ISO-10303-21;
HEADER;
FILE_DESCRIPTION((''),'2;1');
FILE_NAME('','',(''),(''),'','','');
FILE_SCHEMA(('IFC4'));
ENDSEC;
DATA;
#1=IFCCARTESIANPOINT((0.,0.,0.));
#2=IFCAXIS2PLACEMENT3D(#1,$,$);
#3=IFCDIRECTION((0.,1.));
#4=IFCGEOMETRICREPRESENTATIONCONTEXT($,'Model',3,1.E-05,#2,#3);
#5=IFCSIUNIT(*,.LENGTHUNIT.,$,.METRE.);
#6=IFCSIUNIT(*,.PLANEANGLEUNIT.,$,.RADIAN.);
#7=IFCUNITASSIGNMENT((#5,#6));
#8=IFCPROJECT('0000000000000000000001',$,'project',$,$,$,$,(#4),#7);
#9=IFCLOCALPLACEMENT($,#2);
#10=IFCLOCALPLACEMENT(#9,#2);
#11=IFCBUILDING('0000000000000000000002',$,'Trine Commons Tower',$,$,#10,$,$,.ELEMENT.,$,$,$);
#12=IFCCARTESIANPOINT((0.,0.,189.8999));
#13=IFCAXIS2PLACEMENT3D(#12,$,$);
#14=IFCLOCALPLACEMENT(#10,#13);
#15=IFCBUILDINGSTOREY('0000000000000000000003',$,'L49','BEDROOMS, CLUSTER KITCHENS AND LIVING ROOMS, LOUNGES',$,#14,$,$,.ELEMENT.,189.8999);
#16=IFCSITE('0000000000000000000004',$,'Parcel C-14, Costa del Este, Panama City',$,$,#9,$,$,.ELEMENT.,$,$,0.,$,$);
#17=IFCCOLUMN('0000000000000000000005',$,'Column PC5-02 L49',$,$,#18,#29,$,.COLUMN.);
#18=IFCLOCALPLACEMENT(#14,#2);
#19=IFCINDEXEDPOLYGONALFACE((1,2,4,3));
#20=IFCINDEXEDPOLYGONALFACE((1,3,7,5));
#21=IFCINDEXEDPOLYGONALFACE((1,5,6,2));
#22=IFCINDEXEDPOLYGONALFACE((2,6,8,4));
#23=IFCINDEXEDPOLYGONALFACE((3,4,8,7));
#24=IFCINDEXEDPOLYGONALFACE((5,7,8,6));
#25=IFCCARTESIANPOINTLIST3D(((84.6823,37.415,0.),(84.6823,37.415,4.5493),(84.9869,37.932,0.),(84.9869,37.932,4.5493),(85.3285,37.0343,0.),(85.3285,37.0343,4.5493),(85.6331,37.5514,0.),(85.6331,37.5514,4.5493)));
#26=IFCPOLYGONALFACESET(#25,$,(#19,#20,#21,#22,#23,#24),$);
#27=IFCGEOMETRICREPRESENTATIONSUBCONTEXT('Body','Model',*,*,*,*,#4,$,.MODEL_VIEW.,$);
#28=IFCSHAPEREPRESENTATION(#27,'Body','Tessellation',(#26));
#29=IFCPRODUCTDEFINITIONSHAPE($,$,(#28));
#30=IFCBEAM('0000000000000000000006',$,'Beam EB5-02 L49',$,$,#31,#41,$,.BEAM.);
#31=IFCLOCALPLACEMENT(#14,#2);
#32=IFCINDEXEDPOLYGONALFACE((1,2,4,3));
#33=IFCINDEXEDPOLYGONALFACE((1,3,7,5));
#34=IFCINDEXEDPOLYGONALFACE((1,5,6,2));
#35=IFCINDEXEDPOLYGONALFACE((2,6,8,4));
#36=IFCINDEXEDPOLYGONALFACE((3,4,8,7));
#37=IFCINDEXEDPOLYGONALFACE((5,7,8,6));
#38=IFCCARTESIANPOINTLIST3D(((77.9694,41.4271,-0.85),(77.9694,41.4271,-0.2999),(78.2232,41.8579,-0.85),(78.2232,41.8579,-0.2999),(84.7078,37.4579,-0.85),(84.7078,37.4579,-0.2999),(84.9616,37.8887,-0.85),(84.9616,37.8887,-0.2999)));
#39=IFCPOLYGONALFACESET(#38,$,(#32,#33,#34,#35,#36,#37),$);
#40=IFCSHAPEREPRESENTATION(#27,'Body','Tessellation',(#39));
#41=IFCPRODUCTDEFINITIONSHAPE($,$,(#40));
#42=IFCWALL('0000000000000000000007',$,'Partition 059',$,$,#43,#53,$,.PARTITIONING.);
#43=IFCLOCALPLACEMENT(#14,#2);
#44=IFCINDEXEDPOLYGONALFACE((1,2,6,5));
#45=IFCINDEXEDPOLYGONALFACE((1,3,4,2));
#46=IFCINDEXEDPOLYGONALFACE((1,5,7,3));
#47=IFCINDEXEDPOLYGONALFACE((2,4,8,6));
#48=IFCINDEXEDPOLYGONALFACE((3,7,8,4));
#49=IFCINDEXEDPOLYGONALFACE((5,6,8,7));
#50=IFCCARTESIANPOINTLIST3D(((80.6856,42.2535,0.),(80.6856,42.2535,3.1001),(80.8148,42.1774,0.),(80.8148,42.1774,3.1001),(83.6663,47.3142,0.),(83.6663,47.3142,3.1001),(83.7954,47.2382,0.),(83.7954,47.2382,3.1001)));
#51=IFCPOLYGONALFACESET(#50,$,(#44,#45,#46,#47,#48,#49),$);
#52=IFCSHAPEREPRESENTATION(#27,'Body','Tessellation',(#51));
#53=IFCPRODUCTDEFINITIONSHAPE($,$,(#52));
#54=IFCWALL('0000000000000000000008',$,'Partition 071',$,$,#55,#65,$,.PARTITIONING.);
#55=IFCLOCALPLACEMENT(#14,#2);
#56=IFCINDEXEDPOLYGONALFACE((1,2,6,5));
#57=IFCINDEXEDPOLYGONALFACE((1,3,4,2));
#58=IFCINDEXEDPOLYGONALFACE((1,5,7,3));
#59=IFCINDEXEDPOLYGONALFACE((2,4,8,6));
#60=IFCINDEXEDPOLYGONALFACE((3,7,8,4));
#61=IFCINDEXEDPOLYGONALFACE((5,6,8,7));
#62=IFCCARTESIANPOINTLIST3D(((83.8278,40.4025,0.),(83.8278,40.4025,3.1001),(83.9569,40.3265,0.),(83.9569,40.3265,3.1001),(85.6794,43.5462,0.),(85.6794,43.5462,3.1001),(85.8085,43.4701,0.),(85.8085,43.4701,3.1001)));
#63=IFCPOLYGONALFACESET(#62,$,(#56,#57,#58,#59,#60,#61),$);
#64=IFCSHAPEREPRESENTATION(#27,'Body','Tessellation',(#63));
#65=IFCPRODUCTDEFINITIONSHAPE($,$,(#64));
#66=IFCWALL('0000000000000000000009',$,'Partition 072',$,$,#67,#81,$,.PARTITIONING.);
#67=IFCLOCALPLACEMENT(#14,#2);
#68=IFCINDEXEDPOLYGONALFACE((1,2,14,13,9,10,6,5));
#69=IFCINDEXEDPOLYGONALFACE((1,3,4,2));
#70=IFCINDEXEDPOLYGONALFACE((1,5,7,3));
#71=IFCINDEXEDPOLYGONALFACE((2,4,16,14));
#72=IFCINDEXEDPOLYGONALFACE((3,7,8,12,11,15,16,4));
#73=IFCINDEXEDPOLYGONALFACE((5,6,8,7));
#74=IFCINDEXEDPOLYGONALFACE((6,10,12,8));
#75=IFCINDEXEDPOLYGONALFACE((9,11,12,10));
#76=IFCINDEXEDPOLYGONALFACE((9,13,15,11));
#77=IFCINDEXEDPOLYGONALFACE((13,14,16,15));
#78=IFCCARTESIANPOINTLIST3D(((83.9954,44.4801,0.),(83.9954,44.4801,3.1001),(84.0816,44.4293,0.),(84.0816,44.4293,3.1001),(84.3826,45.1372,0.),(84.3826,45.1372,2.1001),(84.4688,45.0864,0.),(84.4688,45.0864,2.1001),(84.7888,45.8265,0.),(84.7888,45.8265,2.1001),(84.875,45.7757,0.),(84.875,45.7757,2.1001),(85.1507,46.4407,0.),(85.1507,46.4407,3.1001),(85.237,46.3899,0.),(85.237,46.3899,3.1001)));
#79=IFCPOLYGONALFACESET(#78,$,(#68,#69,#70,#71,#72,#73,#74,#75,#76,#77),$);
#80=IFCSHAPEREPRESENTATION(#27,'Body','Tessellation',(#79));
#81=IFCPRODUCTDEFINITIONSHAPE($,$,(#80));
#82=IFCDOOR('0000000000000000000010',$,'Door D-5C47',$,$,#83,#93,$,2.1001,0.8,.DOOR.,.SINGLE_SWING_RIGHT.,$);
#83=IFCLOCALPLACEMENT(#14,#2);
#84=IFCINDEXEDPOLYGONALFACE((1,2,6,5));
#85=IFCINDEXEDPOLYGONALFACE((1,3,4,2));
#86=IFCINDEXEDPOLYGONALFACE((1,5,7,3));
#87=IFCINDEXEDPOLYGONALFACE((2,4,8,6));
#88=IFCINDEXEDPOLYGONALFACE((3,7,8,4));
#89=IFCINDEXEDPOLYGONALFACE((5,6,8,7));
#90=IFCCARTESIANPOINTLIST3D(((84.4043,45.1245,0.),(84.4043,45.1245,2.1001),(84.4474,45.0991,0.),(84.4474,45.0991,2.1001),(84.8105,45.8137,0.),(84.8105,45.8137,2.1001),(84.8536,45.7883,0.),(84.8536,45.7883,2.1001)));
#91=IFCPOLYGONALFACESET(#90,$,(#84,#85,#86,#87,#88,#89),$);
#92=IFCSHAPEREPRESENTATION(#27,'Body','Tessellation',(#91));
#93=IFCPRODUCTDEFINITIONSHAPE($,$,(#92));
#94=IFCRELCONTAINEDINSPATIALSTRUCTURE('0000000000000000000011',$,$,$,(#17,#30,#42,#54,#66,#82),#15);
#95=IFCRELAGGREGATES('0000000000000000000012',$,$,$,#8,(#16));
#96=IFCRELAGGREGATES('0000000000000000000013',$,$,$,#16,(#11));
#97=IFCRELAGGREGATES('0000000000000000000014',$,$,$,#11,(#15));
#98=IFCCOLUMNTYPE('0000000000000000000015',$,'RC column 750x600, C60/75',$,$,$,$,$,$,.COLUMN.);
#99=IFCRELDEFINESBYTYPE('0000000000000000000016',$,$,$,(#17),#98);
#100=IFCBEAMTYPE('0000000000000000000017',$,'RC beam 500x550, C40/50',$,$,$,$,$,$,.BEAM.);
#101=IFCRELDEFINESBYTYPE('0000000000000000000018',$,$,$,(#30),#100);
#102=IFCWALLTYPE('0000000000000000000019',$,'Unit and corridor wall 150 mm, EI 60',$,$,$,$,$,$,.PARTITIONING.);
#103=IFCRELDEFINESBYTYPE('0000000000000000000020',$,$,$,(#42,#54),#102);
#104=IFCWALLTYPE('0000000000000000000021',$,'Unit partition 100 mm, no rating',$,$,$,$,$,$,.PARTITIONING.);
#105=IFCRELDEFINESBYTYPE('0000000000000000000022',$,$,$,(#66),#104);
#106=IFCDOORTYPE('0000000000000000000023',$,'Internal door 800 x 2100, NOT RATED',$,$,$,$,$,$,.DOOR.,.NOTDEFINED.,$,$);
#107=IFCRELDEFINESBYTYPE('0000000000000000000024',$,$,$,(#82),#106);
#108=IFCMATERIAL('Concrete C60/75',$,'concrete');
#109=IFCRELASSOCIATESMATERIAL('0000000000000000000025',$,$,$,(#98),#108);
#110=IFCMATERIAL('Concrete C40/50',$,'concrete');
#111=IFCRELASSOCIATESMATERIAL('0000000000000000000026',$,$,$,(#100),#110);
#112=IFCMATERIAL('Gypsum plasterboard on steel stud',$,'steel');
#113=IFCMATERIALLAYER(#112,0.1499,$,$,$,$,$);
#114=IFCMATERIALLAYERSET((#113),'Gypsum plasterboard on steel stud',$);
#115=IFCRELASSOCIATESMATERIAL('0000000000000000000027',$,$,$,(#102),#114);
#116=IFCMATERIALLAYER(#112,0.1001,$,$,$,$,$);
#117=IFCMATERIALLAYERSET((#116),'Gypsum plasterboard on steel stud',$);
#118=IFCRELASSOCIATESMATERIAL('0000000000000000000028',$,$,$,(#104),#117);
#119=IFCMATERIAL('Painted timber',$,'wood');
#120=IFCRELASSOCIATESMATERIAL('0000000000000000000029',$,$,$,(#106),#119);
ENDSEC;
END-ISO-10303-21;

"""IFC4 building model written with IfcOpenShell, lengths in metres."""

from ifc_helpers import new_model, si_unit, direction, frame, frame_2d, origin, origin_2d, place, context, subcontext, project, spatial, rectangle, extrude, material, layer, layer_set, material_profile, profile_set, type_object, element, fill, save


model = new_model("IFC4")

# Units and contexts
model_context = context("Model", 3, precision=1e-05, world=origin(), true_north=direction((0.0, 1.0)))
body_context = subcontext(model_context, "Body", "Model", "MODEL_VIEW")
ifc_project = project(units=[si_unit("LENGTHUNIT", "METRE"), si_unit("PLANEANGLEUNIT", "RADIAN")], contexts=[model_context])

# Site, building, storey
site_placement = place(None, origin())
site = spatial("IfcSite", under=ifc_project, at=site_placement, Name="Parcel C-14, Costa del Este, Panama City", CompositionType="ELEMENT", RefElevation=0.0)
building_placement = place(site_placement, origin())
building = spatial("IfcBuilding", under=site, at=building_placement, Name="Trine Commons Tower", CompositionType="ELEMENT")
storey_placement = place(building_placement, frame((0.0, 0.0, 189.8999)))
storey = spatial("IfcBuildingStorey", under=building, at=storey_placement, Name="L49", Description="BEDROOMS, CLUSTER KITCHENS AND LIVING ROOMS, LOUNGES", CompositionType="ELEMENT", Elevation=189.8999)

# Column
ifc_material_1 = material(Name="Concrete C60/75", Category="concrete")
ifc_material_profile_1 = material_profile(ifc_material_1, rectangle(XDim=0.75, YDim=0.6001, at=origin_2d()), Name="RC 750x600")
ifc_profile_set_1 = profile_set([ifc_material_profile_1], Name="Concrete C60/75")
column_type = type_object("IfcColumnType", Name="RC column 750x600, C60/75", PredefinedType="COLUMN", material=ifc_profile_set_1)
column_placement = place(storey_placement, frame((85.1577, 37.4832, 0.0), z_axis=(0.0, 0.0, 1.0), x_axis=(-0.861629, 0.507538, 0.0)))
element("IfcColumn", 1, at=column_placement, inside=storey, type_object=column_type, Name="Column PC5-02 L49", PredefinedType="COLUMN", context=body_context, shape_type="SweptSolid", body=[
    extrude(rectangle(XDim=0.75, YDim=0.6001, at=origin_2d()), origin(), (0.0, 0.0, 1.0), 4.5493),
])

# Beam
ifc_material_2 = material(Name="Concrete C40/50", Category="concrete")
ifc_material_profile_2 = material_profile(ifc_material_2, rectangle(XDim=0.5, YDim=0.55, at=origin_2d()), Name="RC 500x550")
ifc_profile_set_2 = profile_set([ifc_material_profile_2], Name="Concrete C40/50")
beam_type = type_object("IfcBeamType", Name="RC beam 500x550, C40/50", PredefinedType="BEAM", material=ifc_profile_set_2)
beam_placement = place(storey_placement, frame((84.8347, 37.6733, -0.575), z_axis=(-0.861632, 0.507533, 0.0), x_axis=(-0.507533, -0.861632, 0.0)))
element("IfcBeam", 2, at=beam_placement, inside=storey, type_object=beam_type, Name="Beam EB5-02 L49", PredefinedType="BEAM", context=body_context, shape_type="SweptSolid", body=[
    extrude(rectangle(XDim=0.5, YDim=0.55, at=origin_2d()), origin(), (0.0, 0.0, 1.0), 7.8206),
])

# Walls
ifc_material_3 = material(Name="Gypsum plasterboard on steel stud", Category="steel")
ifc_layer_1 = layer(ifc_material_3, 0.1499)
ifc_layer_set_1 = layer_set([ifc_layer_1], Name="Gypsum plasterboard on steel stud")
wall_type_1 = type_object("IfcWallType", Name="Unit and corridor wall 150 mm, EI 60", PredefinedType="PARTITIONING", material=ifc_layer_set_1)
wall_1_placement = place(storey_placement, frame((80.7502, 42.2156, 0.0), z_axis=(0.0, 0.0, 1.0), x_axis=(0.507498, 0.861653, 0.0)))
element("IfcWall", 3, at=wall_1_placement, inside=storey, type_object=wall_type_1, Name="Partition 059", PredefinedType="PARTITIONING", context=body_context, shape_type="SweptSolid", body=[
    extrude(rectangle(XDim=5.8733, YDim=0.1499, at=frame_2d((2.9365, 0.0))), origin(), (0.0, 0.0, 1.0), 3.1001),
])
wall_2_placement = place(storey_placement, frame((83.8923, 40.3645, 0.0), z_axis=(0.0, 0.0, 1.0), x_axis=(0.507511, 0.861645, 0.0)))
element("IfcWall", 4, at=wall_2_placement, inside=storey, type_object=wall_type_1, Name="Partition 071", PredefinedType="PARTITIONING", context=body_context, shape_type="SweptSolid", body=[
    extrude(rectangle(XDim=3.6484, YDim=0.1499, at=frame_2d((1.8242, 0.0))), origin(), (0.0, 0.0, 1.0), 3.1001),
])

# Wall, opening, door
ifc_layer_2 = layer(ifc_material_3, 0.1001)
ifc_layer_set_2 = layer_set([ifc_layer_2], Name="Gypsum plasterboard on steel stud")
wall_type_2 = type_object("IfcWallType", Name="Unit partition 100 mm, no rating", PredefinedType="PARTITIONING", material=ifc_layer_set_2)
wall_3_placement = place(storey_placement, frame((84.0386, 44.4548, 0.0), z_axis=(0.0, 0.0, 1.0), x_axis=(0.507695, 0.861537, 0.0)))
wall_3 = element("IfcWall", 5, at=wall_3_placement, inside=storey, type_object=wall_type_2, Name="Partition 072", PredefinedType="PARTITIONING", context=body_context, shape_type="SweptSolid", body=[
    extrude(rectangle(XDim=2.2756, YDim=0.1001, at=frame_2d((1.1377, 0.0))), origin(), (0.0, 0.0, 1.0), 3.1001),
])
opening_placement = place(wall_3_placement, frame((0.7627, 0.0, 0.0)))
opening = element("IfcOpeningElement", 6, at=opening_placement, cuts=wall_3, PredefinedType="OPENING", context=body_context, shape_type="SweptSolid", body=[
    extrude(rectangle(XDim=0.8, YDim=2.1001, at=frame_2d((0.3999, 1.05))), frame((0.0, 0.0601, 0.0), z_axis=(0.0, -1.0, 0.0), x_axis=(1.0, 0.0, 0.0)), (0.0, 0.0, 1.0), 0.1201),
])
ifc_material_4 = material(Name="Painted timber", Category="wood")
door_type = type_object("IfcDoorType", Name="Internal door 800 x 2100, NOT RATED", OperationType="NOTDEFINED", PredefinedType="DOOR", material=ifc_material_4)
door_placement = place(opening_placement, origin())
door = element("IfcDoor", 7, at=door_placement, inside=storey, type_object=door_type, Name="Door D-5C47", OperationType="SINGLE_SWING_RIGHT", OverallHeight=2.1001, OverallWidth=0.8, PredefinedType="DOOR", context=body_context, shape_type="SweptSolid", body=[
    extrude(rectangle(XDim=0.8, YDim=2.1001, at=frame_2d((0.3999, 1.05))), frame((0.0, 0.0249, 0.0), z_axis=(0.0, -1.0, 0.0), x_axis=(1.0, 0.0, 0.0)), (0.0, 0.0, 1.0), 0.05),
])
fill(opening, door)

save(model, "model.ifc")
